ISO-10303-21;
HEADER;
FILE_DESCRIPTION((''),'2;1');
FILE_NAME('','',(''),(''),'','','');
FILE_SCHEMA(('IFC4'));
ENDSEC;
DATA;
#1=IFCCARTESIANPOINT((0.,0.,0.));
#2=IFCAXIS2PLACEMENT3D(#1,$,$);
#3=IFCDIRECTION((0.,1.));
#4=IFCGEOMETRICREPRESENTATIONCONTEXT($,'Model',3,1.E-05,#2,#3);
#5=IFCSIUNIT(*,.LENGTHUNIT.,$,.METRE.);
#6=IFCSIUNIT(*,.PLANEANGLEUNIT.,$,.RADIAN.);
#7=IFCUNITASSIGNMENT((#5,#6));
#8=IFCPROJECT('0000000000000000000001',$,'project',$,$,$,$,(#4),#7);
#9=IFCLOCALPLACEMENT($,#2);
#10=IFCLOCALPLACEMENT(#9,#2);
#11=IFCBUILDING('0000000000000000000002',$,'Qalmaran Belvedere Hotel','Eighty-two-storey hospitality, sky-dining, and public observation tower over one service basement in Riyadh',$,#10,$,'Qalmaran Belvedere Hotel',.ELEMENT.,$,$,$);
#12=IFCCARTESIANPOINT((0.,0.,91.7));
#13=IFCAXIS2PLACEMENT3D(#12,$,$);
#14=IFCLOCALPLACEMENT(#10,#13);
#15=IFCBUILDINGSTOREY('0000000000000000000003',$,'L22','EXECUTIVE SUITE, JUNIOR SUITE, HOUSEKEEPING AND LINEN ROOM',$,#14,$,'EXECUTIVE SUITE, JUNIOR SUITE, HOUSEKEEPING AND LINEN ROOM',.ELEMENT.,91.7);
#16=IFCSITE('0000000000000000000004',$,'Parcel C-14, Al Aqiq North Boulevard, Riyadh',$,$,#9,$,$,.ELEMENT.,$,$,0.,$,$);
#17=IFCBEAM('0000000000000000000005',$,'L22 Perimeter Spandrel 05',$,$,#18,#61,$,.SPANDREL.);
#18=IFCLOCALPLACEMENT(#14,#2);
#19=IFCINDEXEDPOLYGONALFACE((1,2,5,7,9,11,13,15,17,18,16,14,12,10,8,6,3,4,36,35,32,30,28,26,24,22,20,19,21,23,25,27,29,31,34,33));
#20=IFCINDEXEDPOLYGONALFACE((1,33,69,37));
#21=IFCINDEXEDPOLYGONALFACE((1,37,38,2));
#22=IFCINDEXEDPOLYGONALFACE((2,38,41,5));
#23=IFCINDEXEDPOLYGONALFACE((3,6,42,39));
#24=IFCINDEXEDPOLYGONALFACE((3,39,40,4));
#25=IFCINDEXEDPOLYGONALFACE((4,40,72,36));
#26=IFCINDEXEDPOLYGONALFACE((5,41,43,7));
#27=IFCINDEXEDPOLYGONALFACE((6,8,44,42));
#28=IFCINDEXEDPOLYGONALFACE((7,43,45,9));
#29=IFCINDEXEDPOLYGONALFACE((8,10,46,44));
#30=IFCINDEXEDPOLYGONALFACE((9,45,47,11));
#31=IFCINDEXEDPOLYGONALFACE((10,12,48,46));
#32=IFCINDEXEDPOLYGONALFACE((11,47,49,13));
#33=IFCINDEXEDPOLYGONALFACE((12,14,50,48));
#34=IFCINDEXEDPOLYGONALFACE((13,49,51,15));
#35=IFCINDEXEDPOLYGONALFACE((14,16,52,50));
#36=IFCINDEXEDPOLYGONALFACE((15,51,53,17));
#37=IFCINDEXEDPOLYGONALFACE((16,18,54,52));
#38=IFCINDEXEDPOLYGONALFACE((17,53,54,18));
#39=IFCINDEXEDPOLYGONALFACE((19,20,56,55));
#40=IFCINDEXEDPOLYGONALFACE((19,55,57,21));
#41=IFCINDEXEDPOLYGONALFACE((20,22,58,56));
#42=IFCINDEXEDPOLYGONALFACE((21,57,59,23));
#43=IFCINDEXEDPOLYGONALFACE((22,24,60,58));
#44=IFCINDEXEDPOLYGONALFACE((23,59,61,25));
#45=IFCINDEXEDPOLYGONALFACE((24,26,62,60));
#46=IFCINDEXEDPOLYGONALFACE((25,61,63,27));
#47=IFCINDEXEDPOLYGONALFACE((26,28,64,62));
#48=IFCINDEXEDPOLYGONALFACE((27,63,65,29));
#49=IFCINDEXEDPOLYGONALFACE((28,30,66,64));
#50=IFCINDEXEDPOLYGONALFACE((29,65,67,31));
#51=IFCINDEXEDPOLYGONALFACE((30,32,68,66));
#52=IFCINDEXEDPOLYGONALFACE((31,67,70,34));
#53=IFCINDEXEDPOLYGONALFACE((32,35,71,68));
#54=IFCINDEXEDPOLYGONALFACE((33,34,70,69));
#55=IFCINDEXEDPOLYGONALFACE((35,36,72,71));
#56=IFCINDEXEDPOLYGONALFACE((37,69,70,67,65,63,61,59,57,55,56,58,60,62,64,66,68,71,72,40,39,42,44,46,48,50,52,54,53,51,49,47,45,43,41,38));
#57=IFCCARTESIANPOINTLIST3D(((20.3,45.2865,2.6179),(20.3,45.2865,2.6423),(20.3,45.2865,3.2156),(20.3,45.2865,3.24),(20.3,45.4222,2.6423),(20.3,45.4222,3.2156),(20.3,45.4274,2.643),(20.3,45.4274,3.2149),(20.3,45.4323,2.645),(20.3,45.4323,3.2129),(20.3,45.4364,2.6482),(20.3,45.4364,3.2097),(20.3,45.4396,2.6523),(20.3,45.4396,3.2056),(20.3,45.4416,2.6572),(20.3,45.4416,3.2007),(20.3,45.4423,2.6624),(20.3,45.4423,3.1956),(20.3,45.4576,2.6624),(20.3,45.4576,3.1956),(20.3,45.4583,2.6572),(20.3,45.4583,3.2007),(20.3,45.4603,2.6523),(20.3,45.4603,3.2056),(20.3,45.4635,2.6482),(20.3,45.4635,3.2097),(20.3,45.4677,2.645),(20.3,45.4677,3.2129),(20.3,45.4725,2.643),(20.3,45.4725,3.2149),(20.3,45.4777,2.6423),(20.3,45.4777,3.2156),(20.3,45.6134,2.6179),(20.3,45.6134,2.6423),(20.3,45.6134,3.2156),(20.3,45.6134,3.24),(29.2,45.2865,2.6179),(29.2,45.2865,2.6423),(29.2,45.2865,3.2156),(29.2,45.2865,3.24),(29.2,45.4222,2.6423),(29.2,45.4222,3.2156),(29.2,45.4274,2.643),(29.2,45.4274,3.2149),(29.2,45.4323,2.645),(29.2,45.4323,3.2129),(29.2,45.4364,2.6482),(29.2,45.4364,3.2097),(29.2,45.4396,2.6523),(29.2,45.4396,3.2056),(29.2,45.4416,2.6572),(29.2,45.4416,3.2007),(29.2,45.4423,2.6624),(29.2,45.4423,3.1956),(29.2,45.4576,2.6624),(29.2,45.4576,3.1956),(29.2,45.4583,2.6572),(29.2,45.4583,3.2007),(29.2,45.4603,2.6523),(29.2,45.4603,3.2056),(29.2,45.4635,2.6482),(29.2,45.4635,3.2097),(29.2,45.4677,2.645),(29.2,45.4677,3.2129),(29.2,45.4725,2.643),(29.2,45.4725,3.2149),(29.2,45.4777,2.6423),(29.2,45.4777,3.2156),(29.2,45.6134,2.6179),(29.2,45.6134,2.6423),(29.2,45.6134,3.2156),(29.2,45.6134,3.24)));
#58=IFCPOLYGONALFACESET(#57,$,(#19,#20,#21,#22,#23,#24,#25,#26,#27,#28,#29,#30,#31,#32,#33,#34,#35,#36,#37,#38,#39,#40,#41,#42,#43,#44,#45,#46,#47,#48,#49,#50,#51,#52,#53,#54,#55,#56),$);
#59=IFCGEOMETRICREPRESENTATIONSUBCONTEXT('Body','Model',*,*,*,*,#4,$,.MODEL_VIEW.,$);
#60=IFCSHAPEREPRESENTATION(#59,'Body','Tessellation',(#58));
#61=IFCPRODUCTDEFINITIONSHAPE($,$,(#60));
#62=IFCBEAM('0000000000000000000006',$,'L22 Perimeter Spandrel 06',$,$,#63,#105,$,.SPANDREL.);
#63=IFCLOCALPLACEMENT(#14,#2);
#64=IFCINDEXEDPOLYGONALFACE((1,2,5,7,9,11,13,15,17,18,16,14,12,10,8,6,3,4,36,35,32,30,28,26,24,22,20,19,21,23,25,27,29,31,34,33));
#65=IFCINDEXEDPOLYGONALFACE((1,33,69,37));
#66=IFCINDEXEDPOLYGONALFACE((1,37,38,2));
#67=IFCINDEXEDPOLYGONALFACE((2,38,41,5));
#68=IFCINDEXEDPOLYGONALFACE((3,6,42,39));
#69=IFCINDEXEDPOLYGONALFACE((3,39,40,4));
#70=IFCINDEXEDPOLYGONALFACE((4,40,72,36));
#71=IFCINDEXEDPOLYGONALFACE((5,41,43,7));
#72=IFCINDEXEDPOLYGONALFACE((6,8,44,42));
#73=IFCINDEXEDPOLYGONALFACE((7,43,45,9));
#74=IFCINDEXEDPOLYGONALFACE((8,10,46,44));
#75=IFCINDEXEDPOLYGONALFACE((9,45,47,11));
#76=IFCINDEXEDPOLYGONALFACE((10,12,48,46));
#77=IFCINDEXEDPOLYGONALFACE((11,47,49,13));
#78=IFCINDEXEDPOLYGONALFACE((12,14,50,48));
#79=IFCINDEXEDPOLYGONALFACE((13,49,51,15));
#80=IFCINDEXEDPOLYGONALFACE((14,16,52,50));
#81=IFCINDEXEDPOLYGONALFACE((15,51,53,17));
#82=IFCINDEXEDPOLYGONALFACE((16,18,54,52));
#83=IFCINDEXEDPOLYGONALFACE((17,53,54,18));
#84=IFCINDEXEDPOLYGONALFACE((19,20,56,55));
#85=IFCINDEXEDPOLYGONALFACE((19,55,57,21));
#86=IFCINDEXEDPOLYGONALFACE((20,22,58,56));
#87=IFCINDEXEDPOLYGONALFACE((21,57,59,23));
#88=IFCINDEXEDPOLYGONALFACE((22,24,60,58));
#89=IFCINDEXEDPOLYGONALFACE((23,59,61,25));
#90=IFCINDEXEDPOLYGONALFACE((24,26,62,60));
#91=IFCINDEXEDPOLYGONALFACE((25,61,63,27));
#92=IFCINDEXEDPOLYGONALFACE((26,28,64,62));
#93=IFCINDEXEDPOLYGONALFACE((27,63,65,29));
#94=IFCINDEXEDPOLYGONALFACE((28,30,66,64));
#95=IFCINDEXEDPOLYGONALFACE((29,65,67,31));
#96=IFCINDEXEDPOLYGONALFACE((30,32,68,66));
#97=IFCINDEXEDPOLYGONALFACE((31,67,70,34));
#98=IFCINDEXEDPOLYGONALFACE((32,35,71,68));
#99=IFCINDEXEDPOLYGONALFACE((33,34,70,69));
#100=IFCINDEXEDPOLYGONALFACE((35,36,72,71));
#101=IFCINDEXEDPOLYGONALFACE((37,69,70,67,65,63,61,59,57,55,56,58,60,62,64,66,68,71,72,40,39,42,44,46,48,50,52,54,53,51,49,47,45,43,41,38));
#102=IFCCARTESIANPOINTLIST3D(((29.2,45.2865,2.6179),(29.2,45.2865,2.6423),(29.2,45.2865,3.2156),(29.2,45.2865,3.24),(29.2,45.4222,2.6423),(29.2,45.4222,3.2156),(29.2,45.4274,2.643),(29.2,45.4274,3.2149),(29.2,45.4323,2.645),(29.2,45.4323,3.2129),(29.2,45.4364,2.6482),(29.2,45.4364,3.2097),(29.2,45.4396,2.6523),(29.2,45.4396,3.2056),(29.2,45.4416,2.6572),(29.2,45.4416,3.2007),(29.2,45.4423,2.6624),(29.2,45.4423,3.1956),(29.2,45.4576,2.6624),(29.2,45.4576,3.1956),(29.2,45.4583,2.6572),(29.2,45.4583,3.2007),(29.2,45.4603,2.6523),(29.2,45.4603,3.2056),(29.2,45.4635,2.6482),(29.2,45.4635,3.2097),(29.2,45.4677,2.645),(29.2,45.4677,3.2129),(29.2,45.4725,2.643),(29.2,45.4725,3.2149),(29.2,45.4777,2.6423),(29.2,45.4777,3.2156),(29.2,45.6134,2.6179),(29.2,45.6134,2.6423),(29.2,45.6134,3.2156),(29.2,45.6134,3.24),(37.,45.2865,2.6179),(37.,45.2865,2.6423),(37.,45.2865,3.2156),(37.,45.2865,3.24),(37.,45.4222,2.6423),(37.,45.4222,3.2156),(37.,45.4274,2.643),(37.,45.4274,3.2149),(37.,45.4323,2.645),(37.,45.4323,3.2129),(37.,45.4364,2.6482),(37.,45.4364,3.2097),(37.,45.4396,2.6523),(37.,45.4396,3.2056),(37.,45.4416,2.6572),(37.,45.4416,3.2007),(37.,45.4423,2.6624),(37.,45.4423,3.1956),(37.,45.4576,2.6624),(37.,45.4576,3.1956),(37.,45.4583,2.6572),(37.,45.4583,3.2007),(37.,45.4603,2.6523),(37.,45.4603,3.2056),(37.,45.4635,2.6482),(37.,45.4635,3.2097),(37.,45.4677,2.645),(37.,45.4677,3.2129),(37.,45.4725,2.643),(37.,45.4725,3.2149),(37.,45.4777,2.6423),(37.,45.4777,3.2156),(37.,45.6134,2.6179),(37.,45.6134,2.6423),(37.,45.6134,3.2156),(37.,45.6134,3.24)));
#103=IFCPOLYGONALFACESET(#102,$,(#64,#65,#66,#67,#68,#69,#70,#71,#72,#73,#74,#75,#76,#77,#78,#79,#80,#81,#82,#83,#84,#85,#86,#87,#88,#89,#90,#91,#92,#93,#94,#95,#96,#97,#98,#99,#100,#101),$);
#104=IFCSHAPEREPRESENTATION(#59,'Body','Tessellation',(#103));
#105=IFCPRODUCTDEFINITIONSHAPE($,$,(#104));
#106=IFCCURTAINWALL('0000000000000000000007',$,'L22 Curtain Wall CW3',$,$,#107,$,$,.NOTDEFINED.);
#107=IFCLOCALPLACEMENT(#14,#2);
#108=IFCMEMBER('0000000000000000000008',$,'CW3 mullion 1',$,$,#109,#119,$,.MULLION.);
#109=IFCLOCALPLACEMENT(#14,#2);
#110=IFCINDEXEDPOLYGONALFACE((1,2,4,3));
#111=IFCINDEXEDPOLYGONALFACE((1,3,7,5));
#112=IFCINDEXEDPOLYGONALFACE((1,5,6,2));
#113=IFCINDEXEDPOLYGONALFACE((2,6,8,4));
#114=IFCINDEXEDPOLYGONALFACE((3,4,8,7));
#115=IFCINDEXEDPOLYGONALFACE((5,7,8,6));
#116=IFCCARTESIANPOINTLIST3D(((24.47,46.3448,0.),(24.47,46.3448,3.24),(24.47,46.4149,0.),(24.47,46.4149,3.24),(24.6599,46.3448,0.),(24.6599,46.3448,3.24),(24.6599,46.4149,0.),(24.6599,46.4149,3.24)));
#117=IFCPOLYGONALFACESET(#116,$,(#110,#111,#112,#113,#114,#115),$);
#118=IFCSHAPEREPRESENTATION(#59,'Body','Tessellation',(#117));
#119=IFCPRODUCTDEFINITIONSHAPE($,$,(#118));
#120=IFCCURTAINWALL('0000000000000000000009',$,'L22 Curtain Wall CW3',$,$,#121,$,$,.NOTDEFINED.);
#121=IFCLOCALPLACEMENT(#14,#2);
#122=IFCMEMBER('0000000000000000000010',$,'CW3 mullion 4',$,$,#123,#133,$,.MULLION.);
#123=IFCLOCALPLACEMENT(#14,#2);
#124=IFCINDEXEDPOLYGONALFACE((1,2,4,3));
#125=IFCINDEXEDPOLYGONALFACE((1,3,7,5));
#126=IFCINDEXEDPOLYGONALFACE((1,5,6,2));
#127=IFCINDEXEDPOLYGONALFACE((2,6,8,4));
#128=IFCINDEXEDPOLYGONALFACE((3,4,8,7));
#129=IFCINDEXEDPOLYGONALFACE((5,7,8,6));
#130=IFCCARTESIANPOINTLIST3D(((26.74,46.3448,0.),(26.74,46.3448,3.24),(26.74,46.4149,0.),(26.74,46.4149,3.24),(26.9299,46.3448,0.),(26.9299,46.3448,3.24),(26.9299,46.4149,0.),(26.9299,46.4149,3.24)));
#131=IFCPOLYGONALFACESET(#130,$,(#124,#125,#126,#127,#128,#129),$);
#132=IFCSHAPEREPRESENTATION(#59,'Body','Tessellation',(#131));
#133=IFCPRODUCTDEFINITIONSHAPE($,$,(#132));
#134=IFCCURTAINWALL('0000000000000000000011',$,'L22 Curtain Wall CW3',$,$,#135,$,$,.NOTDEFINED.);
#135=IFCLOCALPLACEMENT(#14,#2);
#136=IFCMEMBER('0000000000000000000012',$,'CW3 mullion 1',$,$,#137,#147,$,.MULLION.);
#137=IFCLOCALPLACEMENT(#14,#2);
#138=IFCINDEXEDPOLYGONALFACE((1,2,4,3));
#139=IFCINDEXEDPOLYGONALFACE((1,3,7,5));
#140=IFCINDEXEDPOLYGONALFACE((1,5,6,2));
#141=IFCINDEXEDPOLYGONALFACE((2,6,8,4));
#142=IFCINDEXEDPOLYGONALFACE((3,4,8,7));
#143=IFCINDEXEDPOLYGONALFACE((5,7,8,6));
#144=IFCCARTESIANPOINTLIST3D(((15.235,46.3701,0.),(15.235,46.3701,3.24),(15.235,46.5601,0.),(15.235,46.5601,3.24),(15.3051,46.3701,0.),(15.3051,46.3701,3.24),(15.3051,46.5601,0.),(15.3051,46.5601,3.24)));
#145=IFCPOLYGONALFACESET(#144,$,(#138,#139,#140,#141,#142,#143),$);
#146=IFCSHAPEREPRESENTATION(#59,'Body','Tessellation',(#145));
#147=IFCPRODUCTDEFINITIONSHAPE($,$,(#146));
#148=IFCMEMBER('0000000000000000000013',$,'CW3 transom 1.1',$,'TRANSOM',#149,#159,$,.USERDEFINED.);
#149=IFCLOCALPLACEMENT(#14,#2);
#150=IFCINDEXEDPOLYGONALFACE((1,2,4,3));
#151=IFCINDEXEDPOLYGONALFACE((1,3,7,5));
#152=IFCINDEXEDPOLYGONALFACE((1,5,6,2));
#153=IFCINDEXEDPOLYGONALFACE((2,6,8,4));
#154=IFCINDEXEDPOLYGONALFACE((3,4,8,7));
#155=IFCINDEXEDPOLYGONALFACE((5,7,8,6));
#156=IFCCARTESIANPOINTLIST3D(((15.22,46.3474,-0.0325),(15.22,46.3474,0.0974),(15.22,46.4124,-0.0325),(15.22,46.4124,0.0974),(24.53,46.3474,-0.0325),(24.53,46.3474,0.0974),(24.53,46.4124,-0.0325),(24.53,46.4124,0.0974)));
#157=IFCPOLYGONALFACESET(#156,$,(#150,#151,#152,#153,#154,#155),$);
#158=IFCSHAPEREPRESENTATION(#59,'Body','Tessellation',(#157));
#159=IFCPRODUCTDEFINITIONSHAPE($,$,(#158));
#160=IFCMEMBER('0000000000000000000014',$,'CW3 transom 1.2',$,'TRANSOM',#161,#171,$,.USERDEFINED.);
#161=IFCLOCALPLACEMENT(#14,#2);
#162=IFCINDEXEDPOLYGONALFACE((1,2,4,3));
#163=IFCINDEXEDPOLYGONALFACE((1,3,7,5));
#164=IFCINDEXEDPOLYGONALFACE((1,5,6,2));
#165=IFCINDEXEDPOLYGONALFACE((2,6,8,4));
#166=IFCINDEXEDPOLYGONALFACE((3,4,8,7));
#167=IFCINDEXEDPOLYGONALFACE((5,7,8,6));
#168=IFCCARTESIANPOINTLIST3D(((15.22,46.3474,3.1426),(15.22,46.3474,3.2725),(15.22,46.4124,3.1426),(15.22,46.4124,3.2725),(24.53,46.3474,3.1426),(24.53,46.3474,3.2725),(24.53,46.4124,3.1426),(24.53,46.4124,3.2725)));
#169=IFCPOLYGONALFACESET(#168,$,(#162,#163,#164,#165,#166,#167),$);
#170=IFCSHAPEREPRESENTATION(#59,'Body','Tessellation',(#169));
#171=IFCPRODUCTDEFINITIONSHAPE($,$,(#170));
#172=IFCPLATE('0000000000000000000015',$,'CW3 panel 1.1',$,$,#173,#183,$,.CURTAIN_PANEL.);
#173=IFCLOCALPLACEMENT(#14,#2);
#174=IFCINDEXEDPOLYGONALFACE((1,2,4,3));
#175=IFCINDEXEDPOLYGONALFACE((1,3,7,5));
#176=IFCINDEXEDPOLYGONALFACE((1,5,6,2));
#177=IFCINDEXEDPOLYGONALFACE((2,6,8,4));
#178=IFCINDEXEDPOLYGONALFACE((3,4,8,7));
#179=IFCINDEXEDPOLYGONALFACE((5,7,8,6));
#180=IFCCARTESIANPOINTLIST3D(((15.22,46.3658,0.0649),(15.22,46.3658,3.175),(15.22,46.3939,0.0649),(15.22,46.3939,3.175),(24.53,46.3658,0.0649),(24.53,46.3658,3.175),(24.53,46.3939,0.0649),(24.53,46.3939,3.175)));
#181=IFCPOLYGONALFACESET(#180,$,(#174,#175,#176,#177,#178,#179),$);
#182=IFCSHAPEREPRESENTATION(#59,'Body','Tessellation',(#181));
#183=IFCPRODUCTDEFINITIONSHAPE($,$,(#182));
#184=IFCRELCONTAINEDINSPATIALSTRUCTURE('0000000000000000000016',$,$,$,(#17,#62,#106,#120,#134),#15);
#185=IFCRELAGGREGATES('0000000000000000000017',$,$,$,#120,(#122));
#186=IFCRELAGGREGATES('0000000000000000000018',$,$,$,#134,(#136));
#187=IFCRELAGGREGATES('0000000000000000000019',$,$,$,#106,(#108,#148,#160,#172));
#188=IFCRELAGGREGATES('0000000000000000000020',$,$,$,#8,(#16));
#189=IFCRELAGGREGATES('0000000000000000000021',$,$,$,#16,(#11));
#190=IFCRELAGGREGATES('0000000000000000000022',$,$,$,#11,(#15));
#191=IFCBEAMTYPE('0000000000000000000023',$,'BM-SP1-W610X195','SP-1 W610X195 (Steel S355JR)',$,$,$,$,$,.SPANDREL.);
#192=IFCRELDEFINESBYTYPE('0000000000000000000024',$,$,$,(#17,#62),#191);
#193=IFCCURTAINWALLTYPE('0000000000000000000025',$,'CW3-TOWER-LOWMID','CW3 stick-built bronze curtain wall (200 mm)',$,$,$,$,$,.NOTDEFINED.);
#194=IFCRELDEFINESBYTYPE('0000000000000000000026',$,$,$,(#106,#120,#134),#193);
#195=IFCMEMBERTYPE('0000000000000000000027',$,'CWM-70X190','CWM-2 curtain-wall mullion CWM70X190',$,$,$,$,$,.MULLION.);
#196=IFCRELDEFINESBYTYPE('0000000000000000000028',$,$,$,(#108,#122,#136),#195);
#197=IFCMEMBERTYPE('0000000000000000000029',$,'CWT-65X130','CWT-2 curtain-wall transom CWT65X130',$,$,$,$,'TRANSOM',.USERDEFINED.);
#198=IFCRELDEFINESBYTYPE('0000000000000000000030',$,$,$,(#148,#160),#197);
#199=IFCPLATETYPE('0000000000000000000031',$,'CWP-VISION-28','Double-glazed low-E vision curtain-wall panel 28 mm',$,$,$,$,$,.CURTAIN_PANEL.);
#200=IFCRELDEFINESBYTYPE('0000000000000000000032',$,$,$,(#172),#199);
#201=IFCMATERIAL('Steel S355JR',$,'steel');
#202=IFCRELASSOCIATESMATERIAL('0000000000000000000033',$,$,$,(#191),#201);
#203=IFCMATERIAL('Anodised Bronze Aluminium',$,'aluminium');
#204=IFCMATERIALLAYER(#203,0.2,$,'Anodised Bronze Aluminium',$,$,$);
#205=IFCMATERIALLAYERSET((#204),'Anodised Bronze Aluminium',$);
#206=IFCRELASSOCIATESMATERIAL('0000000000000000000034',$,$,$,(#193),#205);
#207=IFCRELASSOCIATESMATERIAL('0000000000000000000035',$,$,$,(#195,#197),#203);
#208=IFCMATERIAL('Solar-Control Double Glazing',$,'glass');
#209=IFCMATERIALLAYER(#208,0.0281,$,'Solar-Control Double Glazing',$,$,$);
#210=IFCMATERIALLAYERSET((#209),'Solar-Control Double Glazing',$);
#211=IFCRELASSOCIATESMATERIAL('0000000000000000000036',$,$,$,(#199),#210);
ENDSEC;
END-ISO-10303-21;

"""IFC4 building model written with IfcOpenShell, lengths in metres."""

from ifc_helpers import new_model, si_unit, direction, frame, origin, origin_2d, place, context, subcontext, project, spatial, rectangle, i_section, extrude, material, layer, layer_set, material_profile, profile_set, type_object, element, aggregate, save


model = new_model("IFC4")

# Units and contexts
model_context = context("Model", 3, precision=1e-05, world=origin(), true_north=direction((0.0, 1.0)))
body_context = subcontext(model_context, "Body", "Model", "MODEL_VIEW")
ifc_project = project(units=[si_unit("LENGTHUNIT", "METRE"), si_unit("PLANEANGLEUNIT", "RADIAN")], contexts=[model_context])

# Site, building, storey
site_placement = place(None, origin())
site = spatial("IfcSite", under=ifc_project, at=site_placement, Name="Parcel C-14, Al Aqiq North Boulevard, Riyadh", CompositionType="ELEMENT", RefElevation=0.0)
building_placement = place(site_placement, origin())
building = spatial("IfcBuilding", under=site, at=building_placement, Name="Qalmaran Belvedere Hotel", Description="Eighty-two-storey hospitality, sky-dining, and public observation tower over one service basement in Riyadh", LongName="Qalmaran Belvedere Hotel", CompositionType="ELEMENT")
storey_placement = place(building_placement, frame((0.0, 0.0, 91.7)))
storey = spatial("IfcBuildingStorey", under=building, at=storey_placement, Name="L22", Description="EXECUTIVE SUITE, JUNIOR SUITE, HOUSEKEEPING AND LINEN ROOM", LongName="EXECUTIVE SUITE, JUNIOR SUITE, HOUSEKEEPING AND LINEN ROOM", CompositionType="ELEMENT", Elevation=91.7)

# Beams
ifc_material_1 = material(Name="Steel S355JR", Category="steel")
ifc_material_profile_1 = material_profile(ifc_material_1, i_section(OverallWidth=0.3269, OverallDepth=0.6221, WebThickness=0.0154, FlangeThickness=0.0244, FilletRadius=0.02, at=origin_2d()), Name="W610X195")
ifc_profile_set_1 = profile_set([ifc_material_profile_1], Name="Steel S355JR")
beam_type_1 = type_object("IfcBeamType", Name="BM-SP1-W610X195", Description="SP-1 W610X195 (Steel S355JR)", PredefinedType="SPANDREL", material=ifc_profile_set_1)
beam_1_placement = place(storey_placement, frame((20.3, 45.45, 2.929), z_axis=(1.0, 0.0, 0.0), x_axis=(0.0, 1.0, 0.0)))
element("IfcBeam", 1, at=beam_1_placement, inside=storey, type_object=beam_type_1, Name="L22 Perimeter Spandrel 05", PredefinedType="SPANDREL", context=body_context, shape_type="SweptSolid", body=[
    extrude(i_section(OverallWidth=0.3269, OverallDepth=0.6221, WebThickness=0.0154, FlangeThickness=0.0244, FilletRadius=0.02, at=origin_2d()), origin(), (0.0, 0.0, 1.0), 8.8999),
])
beam_2_placement = place(storey_placement, frame((29.2, 45.45, 2.929), z_axis=(1.0, 0.0, 0.0), x_axis=(0.0, 1.0, 0.0)))
element("IfcBeam", 2, at=beam_2_placement, inside=storey, type_object=beam_type_1, Name="L22 Perimeter Spandrel 06", PredefinedType="SPANDREL", context=body_context, shape_type="SweptSolid", body=[
    extrude(i_section(OverallWidth=0.3269, OverallDepth=0.6221, WebThickness=0.0154, FlangeThickness=0.0244, FilletRadius=0.02, at=origin_2d()), origin(), (0.0, 0.0, 1.0), 7.8),
])

# Curtain walls, members
ifc_material_2 = material(Name="Anodised Bronze Aluminium", Category="aluminium")
ifc_layer_1 = layer(ifc_material_2, 0.2, Name="Anodised Bronze Aluminium")
ifc_layer_set_1 = layer_set([ifc_layer_1], Name="Anodised Bronze Aluminium")
curtain_wall_type = type_object("IfcCurtainWallType", Name="CW3-TOWER-LOWMID", Description="CW3 stick-built bronze curtain wall (200 mm)", PredefinedType="NOTDEFINED", material=ifc_layer_set_1)
curtain_wall_1_placement = place(storey_placement, origin())
curtain_wall_1 = element("IfcCurtainWall", 3, at=curtain_wall_1_placement, inside=storey, type_object=curtain_wall_type, Name="L22 Curtain Wall CW3", PredefinedType="NOTDEFINED")
ifc_material_profile_2 = material_profile(ifc_material_2, rectangle(XDim=0.0701, YDim=0.1899, at=origin_2d()), Name="CWM70X190")
ifc_profile_set_2 = profile_set([ifc_material_profile_2], Name="Anodised Bronze Aluminium")
member_type_1 = type_object("IfcMemberType", Name="CWM-70X190", Description="CWM-2 curtain-wall mullion CWM70X190", PredefinedType="MULLION", material=ifc_profile_set_2)
member_1_placement = place(storey_placement, frame((24.5649, 46.3799, 0.0), z_axis=(0.0, 0.0, 1.0), x_axis=(0.0, -1.0, 0.0)))
member_1 = element("IfcMember", 4, at=member_1_placement, type_object=member_type_1, Name="CW3 mullion 1", PredefinedType="MULLION", context=body_context, shape_type="SweptSolid", body=[
    extrude(rectangle(XDim=0.0701, YDim=0.1899, at=origin_2d()), origin(), (0.0, 0.0, 1.0), 3.24),
])
curtain_wall_2_placement = place(storey_placement, origin())
curtain_wall_2 = element("IfcCurtainWall", 5, at=curtain_wall_2_placement, inside=storey, type_object=curtain_wall_type, Name="L22 Curtain Wall CW3", PredefinedType="NOTDEFINED")
member_2_placement = place(storey_placement, frame((26.835, 46.3799, 0.0), z_axis=(0.0, 0.0, 1.0), x_axis=(0.0, -1.0, 0.0)))
member_2 = element("IfcMember", 6, at=member_2_placement, type_object=member_type_1, Name="CW3 mullion 4", PredefinedType="MULLION", context=body_context, shape_type="SweptSolid", body=[
    extrude(rectangle(XDim=0.0701, YDim=0.1899, at=origin_2d()), origin(), (0.0, 0.0, 1.0), 3.24),
])
aggregate(curtain_wall_2, [member_2])
curtain_wall_3_placement = place(storey_placement, origin())
curtain_wall_3 = element("IfcCurtainWall", 7, at=curtain_wall_3_placement, inside=storey, type_object=curtain_wall_type, Name="L22 Curtain Wall CW3", PredefinedType="NOTDEFINED")
member_3_placement = place(storey_placement, frame((15.27, 46.4651, 0.0), z_axis=(0.0, 0.0, 1.0), x_axis=(1.0, 0.0, 0.0)))
member_3 = element("IfcMember", 8, at=member_3_placement, type_object=member_type_1, Name="CW3 mullion 1", PredefinedType="MULLION", context=body_context, shape_type="SweptSolid", body=[
    extrude(rectangle(XDim=0.0701, YDim=0.1899, at=origin_2d()), origin(), (0.0, 0.0, 1.0), 3.24),
])
aggregate(curtain_wall_3, [member_3])

# Members
ifc_material_profile_3 = material_profile(ifc_material_2, rectangle(XDim=0.0649, YDim=0.1299, at=origin_2d()), Name="CWT65X130")
ifc_profile_set_3 = profile_set([ifc_material_profile_3], Name="Anodised Bronze Aluminium")
member_type_2 = type_object("IfcMemberType", Name="CWT-65X130", Description="CWT-2 curtain-wall transom CWT65X130", ElementType="TRANSOM", PredefinedType="USERDEFINED", material=ifc_profile_set_3)
member_4_placement = place(storey_placement, frame((24.53, 46.3799, 0.0325), z_axis=(-1.0, 0.0, 0.0), x_axis=(0.0, -1.0, 0.0)))
member_4 = element("IfcMember", 9, at=member_4_placement, type_object=member_type_2, Name="CW3 transom 1.1", ObjectType="TRANSOM", PredefinedType="USERDEFINED", context=body_context, shape_type="SweptSolid", body=[
    extrude(rectangle(XDim=0.0649, YDim=0.1299, at=origin_2d()), origin(), (0.0, 0.0, 1.0), 9.3101),
])
member_5_placement = place(storey_placement, frame((24.53, 46.3799, 3.2075), z_axis=(-1.0, 0.0, 0.0), x_axis=(0.0, -1.0, 0.0)))
member_5 = element("IfcMember", 10, at=member_5_placement, type_object=member_type_2, Name="CW3 transom 1.2", ObjectType="TRANSOM", PredefinedType="USERDEFINED", context=body_context, shape_type="SweptSolid", body=[
    extrude(rectangle(XDim=0.0649, YDim=0.1299, at=origin_2d()), origin(), (0.0, 0.0, 1.0), 9.3101),
])

# Plate
ifc_material_3 = material(Name="Solar-Control Double Glazing", Category="glass")
ifc_layer_2 = layer(ifc_material_3, 0.0281, Name="Solar-Control Double Glazing")
ifc_layer_set_2 = layer_set([ifc_layer_2], Name="Solar-Control Double Glazing")
plate_type = type_object("IfcPlateType", Name="CWP-VISION-28", Description="Double-glazed low-E vision curtain-wall panel 28 mm", PredefinedType="CURTAIN_PANEL", material=ifc_layer_set_2)
plate_placement = place(storey_placement, frame((19.875, 46.3799, 0.0649), z_axis=(0.0, 0.0, 1.0), x_axis=(-1.0, 0.0, 0.0)))
plate = element("IfcPlate", 11, at=plate_placement, type_object=plate_type, Name="CW3 panel 1.1", PredefinedType="CURTAIN_PANEL", context=body_context, shape_type="SweptSolid", body=[
    extrude(rectangle(XDim=9.3101, YDim=0.0281, at=origin_2d()), origin(), (0.0, 0.0, 1.0), 3.1101),
])
aggregate(curtain_wall_1, [member_1, member_4, member_5, plate])

save(model, "model.ifc")
